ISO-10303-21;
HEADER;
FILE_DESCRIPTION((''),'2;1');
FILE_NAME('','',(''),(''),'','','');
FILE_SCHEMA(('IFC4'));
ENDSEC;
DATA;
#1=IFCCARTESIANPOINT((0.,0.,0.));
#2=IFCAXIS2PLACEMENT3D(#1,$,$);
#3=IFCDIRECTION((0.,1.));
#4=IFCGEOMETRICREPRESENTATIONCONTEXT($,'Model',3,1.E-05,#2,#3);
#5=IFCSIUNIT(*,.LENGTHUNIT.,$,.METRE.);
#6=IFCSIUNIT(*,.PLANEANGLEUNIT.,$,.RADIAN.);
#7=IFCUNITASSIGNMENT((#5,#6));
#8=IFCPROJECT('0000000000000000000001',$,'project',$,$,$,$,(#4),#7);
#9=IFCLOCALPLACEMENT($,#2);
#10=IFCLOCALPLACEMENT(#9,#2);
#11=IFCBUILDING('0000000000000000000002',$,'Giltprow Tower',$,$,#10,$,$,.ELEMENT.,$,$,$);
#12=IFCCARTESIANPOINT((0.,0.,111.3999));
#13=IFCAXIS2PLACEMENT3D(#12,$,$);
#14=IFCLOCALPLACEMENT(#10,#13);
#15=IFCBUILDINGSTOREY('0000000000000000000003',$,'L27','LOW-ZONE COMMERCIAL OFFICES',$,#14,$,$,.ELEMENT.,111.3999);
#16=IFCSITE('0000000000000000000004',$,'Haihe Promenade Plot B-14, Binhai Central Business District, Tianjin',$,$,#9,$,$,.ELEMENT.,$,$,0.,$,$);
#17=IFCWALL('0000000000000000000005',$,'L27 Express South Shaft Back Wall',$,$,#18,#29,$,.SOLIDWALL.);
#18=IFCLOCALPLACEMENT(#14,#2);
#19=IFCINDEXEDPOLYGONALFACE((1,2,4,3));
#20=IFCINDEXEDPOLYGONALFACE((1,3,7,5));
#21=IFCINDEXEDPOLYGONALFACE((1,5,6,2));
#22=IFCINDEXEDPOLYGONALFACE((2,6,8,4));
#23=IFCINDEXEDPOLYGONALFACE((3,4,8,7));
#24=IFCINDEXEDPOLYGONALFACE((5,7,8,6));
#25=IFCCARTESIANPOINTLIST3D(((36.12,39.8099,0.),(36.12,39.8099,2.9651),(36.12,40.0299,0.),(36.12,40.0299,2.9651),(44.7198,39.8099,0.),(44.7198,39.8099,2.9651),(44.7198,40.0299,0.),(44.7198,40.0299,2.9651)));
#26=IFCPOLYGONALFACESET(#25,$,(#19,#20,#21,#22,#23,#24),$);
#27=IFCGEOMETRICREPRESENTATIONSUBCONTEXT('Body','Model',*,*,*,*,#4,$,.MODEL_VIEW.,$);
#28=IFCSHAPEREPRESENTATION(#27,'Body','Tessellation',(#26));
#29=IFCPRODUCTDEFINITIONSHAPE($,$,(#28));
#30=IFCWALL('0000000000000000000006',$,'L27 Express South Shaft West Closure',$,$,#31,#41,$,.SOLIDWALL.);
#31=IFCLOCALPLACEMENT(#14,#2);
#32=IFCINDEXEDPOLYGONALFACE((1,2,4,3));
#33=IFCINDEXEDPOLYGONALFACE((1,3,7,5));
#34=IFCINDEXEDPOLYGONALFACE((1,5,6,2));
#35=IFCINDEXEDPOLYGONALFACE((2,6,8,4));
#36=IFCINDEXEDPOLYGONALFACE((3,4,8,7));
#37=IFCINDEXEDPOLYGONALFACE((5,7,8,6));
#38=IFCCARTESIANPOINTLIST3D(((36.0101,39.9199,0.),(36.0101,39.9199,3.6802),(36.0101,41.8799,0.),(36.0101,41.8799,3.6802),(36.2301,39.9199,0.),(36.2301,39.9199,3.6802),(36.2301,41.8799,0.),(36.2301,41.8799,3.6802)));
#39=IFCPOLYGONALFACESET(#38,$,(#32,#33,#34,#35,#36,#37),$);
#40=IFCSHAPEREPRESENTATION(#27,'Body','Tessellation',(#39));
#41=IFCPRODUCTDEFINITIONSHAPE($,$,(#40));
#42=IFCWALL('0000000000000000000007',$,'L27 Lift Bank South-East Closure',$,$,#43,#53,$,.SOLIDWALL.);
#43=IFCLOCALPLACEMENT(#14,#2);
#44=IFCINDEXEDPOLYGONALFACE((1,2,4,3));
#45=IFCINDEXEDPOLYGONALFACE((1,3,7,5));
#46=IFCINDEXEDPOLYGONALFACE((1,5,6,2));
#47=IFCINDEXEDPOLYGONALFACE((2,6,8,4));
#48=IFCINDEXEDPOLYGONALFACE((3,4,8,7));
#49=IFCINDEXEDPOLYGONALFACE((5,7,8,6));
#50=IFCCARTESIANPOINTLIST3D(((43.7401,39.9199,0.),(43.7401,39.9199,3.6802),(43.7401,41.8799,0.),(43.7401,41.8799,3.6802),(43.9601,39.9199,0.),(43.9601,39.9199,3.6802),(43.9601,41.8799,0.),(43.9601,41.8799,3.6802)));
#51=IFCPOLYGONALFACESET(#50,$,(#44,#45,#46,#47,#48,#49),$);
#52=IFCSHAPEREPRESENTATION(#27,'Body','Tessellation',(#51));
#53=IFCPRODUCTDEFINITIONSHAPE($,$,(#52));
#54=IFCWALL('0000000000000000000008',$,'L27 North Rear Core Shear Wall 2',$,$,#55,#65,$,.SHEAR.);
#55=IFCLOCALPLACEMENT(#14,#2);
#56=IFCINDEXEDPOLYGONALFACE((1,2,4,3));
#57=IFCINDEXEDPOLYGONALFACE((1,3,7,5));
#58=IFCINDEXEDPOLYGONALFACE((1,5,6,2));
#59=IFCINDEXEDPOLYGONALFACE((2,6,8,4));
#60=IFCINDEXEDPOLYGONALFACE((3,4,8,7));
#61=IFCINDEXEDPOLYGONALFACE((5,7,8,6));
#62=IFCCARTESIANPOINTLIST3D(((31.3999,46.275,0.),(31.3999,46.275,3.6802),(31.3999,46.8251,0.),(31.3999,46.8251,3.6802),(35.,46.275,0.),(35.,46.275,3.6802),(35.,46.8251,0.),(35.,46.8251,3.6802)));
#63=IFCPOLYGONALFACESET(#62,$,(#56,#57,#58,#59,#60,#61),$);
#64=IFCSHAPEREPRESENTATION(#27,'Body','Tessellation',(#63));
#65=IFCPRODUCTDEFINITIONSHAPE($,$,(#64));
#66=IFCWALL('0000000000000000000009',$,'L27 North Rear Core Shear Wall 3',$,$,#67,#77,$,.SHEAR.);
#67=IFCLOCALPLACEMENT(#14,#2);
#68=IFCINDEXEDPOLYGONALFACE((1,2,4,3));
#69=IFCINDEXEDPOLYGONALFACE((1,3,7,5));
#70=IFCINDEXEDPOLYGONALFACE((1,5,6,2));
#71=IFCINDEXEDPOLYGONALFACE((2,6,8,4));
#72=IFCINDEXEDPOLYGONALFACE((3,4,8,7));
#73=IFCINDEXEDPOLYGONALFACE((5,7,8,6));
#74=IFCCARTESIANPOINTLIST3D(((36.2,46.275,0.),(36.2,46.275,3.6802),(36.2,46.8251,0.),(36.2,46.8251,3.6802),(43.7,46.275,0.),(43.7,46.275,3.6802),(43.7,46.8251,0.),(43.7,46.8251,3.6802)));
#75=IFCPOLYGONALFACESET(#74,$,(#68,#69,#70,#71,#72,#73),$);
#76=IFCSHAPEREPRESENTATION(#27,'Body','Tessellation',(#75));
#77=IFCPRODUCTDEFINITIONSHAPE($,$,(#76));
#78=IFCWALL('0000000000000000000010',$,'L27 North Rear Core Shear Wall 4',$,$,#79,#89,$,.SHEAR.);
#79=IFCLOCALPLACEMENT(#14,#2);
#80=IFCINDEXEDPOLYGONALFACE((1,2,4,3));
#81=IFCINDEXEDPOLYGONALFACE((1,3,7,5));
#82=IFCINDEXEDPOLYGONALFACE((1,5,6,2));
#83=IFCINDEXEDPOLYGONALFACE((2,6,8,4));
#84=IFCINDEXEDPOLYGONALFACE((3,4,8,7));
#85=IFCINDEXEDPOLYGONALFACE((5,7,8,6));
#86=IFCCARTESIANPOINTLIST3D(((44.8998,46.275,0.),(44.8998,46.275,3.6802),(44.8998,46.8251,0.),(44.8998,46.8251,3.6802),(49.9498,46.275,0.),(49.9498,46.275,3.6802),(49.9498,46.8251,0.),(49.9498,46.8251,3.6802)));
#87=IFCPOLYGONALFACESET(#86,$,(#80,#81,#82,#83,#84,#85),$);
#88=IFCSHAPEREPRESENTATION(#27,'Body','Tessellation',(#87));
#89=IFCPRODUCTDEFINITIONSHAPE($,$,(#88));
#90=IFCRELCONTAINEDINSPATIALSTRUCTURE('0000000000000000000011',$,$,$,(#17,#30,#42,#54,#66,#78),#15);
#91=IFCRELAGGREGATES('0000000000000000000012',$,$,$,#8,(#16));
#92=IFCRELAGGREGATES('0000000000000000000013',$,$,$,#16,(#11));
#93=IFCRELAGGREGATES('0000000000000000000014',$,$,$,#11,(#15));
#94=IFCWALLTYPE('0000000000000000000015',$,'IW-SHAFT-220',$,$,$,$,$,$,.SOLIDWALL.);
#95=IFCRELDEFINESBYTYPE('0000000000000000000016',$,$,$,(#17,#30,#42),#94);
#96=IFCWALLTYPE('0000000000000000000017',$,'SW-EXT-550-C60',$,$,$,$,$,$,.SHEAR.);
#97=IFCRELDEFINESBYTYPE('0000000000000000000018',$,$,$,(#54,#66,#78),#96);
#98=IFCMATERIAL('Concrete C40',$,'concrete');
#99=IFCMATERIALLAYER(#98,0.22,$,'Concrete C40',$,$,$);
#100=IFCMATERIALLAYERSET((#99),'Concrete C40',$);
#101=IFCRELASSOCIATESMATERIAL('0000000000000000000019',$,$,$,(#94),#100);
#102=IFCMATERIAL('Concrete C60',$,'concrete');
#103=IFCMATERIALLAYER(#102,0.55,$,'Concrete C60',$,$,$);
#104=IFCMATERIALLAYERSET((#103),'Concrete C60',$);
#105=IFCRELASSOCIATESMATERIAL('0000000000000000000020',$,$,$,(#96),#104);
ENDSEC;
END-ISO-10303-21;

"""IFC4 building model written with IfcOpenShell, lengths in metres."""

from ifc_helpers import new_model, si_unit, direction, frame, frame_2d, origin, place, context, subcontext, project, spatial, rectangle, extrude, material, layer, layer_set, type_object, element, save


model = new_model("IFC4")

# Units and contexts
model_context = context("Model", 3, precision=1e-05, world=origin(), true_north=direction((0.0, 1.0)))
body_context = subcontext(model_context, "Body", "Model", "MODEL_VIEW")
ifc_project = project(units=[si_unit("LENGTHUNIT", "METRE"), si_unit("PLANEANGLEUNIT", "RADIAN")], contexts=[model_context])

# Site, building, storey
site_placement = place(None, origin())
site = spatial("IfcSite", under=ifc_project, at=site_placement, Name="Haihe Promenade Plot B-14, Binhai Central Business District, Tianjin", CompositionType="ELEMENT", RefElevation=0.0)
building_placement = place(site_placement, origin())
building = spatial("IfcBuilding", under=site, at=building_placement, Name="Giltprow Tower", CompositionType="ELEMENT")
storey_placement = place(building_placement, frame((0.0, 0.0, 111.3999)))
storey = spatial("IfcBuildingStorey", under=building, at=storey_placement, Name="L27", Description="LOW-ZONE COMMERCIAL OFFICES", CompositionType="ELEMENT", Elevation=111.3999)

# Shared definitions
ifc_material_1 = material(Name="Concrete C60", Category="concrete")

# Shared definitions
ifc_material_2 = material(Name="Concrete C40", Category="concrete")
ifc_layer_1 = layer(ifc_material_2, 0.22, Name="Concrete C40")
ifc_layer_set_1 = layer_set([ifc_layer_1], Name="Concrete C40")
wall_type_1 = type_object("IfcWallType", Name="IW-SHAFT-220", PredefinedType="SOLIDWALL", material=ifc_layer_set_1)

# Walls
wall_1_placement = place(storey_placement, frame((36.1201, 39.9199, 0.0), z_axis=(0.0, 0.0, 1.0), x_axis=(1.0, 0.0, 0.0)))
element("IfcWall", 1, at=wall_1_placement, inside=storey, type_object=wall_type_1, Name="L27 Express South Shaft Back Wall", PredefinedType="SOLIDWALL", context=body_context, shape_type="SweptSolid", body=[
    extrude(rectangle(XDim=8.5999, YDim=0.22, at=frame_2d((4.2998, 0.0))), origin(), (0.0, 0.0, 1.0), 2.9651),
])
for number, where, z_axis, x_axis, name in (
    (2, (36.1201, 39.9199, 0.0), (0.0, 0.0, 1.0), (0.0, 1.0, 0.0), "L27 Express South Shaft West Closure"),
    (3, (43.8501, 39.9199, 0.0), (0.0, 0.0, 1.0), (0.0, 1.0, 0.0), "L27 Lift Bank South-East Closure"),
):
    element("IfcWall", number, at=place(storey_placement, frame(where, z_axis=z_axis, x_axis=x_axis)), inside=storey, type_object=wall_type_1, Name=name, PredefinedType="SOLIDWALL", context=body_context, shape_type="SweptSolid", body=[
        extrude(rectangle(XDim=1.96, YDim=0.22, at=frame_2d((0.98, 0.0))), origin(), (0.0, 0.0, 1.0), 3.6802),
    ])
ifc_layer_2 = layer(ifc_material_1, 0.55, Name="Concrete C60")
ifc_layer_set_2 = layer_set([ifc_layer_2], Name="Concrete C60")
wall_type_2 = type_object("IfcWallType", Name="SW-EXT-550-C60", PredefinedType="SHEAR", material=ifc_layer_set_2)
wall_2_placement = place(storey_placement, frame((31.3999, 46.55, 0.0), z_axis=(0.0, 0.0, 1.0), x_axis=(1.0, 0.0, 0.0)))
element("IfcWall", 4, at=wall_2_placement, inside=storey, type_object=wall_type_2, Name="L27 North Rear Core Shear Wall 2", PredefinedType="SHEAR", context=body_context, shape_type="SweptSolid", body=[
    extrude(rectangle(XDim=3.6001, YDim=0.55, at=frame_2d((1.8, 0.0))), origin(), (0.0, 0.0, 1.0), 3.6802),
])
wall_3_placement = place(storey_placement, frame((36.2, 46.55, 0.0), z_axis=(0.0, 0.0, 1.0), x_axis=(1.0, 0.0, 0.0)))
element("IfcWall", 5, at=wall_3_placement, inside=storey, type_object=wall_type_2, Name="L27 North Rear Core Shear Wall 3", PredefinedType="SHEAR", context=body_context, shape_type="SweptSolid", body=[
    extrude(rectangle(XDim=7.5, YDim=0.55, at=frame_2d((3.75, 0.0))), origin(), (0.0, 0.0, 1.0), 3.6802),
])
wall_4_placement = place(storey_placement, frame((44.8999, 46.55, 0.0), z_axis=(0.0, 0.0, 1.0), x_axis=(1.0, 0.0, 0.0)))
element("IfcWall", 6, at=wall_4_placement, inside=storey, type_object=wall_type_2, Name="L27 North Rear Core Shear Wall 4", PredefinedType="SHEAR", context=body_context, shape_type="SweptSolid", body=[
    extrude(rectangle(XDim=5.05, YDim=0.55, at=frame_2d((2.5249, 0.0))), origin(), (0.0, 0.0, 1.0), 3.6802),
])

save(model, "model.ifc")
